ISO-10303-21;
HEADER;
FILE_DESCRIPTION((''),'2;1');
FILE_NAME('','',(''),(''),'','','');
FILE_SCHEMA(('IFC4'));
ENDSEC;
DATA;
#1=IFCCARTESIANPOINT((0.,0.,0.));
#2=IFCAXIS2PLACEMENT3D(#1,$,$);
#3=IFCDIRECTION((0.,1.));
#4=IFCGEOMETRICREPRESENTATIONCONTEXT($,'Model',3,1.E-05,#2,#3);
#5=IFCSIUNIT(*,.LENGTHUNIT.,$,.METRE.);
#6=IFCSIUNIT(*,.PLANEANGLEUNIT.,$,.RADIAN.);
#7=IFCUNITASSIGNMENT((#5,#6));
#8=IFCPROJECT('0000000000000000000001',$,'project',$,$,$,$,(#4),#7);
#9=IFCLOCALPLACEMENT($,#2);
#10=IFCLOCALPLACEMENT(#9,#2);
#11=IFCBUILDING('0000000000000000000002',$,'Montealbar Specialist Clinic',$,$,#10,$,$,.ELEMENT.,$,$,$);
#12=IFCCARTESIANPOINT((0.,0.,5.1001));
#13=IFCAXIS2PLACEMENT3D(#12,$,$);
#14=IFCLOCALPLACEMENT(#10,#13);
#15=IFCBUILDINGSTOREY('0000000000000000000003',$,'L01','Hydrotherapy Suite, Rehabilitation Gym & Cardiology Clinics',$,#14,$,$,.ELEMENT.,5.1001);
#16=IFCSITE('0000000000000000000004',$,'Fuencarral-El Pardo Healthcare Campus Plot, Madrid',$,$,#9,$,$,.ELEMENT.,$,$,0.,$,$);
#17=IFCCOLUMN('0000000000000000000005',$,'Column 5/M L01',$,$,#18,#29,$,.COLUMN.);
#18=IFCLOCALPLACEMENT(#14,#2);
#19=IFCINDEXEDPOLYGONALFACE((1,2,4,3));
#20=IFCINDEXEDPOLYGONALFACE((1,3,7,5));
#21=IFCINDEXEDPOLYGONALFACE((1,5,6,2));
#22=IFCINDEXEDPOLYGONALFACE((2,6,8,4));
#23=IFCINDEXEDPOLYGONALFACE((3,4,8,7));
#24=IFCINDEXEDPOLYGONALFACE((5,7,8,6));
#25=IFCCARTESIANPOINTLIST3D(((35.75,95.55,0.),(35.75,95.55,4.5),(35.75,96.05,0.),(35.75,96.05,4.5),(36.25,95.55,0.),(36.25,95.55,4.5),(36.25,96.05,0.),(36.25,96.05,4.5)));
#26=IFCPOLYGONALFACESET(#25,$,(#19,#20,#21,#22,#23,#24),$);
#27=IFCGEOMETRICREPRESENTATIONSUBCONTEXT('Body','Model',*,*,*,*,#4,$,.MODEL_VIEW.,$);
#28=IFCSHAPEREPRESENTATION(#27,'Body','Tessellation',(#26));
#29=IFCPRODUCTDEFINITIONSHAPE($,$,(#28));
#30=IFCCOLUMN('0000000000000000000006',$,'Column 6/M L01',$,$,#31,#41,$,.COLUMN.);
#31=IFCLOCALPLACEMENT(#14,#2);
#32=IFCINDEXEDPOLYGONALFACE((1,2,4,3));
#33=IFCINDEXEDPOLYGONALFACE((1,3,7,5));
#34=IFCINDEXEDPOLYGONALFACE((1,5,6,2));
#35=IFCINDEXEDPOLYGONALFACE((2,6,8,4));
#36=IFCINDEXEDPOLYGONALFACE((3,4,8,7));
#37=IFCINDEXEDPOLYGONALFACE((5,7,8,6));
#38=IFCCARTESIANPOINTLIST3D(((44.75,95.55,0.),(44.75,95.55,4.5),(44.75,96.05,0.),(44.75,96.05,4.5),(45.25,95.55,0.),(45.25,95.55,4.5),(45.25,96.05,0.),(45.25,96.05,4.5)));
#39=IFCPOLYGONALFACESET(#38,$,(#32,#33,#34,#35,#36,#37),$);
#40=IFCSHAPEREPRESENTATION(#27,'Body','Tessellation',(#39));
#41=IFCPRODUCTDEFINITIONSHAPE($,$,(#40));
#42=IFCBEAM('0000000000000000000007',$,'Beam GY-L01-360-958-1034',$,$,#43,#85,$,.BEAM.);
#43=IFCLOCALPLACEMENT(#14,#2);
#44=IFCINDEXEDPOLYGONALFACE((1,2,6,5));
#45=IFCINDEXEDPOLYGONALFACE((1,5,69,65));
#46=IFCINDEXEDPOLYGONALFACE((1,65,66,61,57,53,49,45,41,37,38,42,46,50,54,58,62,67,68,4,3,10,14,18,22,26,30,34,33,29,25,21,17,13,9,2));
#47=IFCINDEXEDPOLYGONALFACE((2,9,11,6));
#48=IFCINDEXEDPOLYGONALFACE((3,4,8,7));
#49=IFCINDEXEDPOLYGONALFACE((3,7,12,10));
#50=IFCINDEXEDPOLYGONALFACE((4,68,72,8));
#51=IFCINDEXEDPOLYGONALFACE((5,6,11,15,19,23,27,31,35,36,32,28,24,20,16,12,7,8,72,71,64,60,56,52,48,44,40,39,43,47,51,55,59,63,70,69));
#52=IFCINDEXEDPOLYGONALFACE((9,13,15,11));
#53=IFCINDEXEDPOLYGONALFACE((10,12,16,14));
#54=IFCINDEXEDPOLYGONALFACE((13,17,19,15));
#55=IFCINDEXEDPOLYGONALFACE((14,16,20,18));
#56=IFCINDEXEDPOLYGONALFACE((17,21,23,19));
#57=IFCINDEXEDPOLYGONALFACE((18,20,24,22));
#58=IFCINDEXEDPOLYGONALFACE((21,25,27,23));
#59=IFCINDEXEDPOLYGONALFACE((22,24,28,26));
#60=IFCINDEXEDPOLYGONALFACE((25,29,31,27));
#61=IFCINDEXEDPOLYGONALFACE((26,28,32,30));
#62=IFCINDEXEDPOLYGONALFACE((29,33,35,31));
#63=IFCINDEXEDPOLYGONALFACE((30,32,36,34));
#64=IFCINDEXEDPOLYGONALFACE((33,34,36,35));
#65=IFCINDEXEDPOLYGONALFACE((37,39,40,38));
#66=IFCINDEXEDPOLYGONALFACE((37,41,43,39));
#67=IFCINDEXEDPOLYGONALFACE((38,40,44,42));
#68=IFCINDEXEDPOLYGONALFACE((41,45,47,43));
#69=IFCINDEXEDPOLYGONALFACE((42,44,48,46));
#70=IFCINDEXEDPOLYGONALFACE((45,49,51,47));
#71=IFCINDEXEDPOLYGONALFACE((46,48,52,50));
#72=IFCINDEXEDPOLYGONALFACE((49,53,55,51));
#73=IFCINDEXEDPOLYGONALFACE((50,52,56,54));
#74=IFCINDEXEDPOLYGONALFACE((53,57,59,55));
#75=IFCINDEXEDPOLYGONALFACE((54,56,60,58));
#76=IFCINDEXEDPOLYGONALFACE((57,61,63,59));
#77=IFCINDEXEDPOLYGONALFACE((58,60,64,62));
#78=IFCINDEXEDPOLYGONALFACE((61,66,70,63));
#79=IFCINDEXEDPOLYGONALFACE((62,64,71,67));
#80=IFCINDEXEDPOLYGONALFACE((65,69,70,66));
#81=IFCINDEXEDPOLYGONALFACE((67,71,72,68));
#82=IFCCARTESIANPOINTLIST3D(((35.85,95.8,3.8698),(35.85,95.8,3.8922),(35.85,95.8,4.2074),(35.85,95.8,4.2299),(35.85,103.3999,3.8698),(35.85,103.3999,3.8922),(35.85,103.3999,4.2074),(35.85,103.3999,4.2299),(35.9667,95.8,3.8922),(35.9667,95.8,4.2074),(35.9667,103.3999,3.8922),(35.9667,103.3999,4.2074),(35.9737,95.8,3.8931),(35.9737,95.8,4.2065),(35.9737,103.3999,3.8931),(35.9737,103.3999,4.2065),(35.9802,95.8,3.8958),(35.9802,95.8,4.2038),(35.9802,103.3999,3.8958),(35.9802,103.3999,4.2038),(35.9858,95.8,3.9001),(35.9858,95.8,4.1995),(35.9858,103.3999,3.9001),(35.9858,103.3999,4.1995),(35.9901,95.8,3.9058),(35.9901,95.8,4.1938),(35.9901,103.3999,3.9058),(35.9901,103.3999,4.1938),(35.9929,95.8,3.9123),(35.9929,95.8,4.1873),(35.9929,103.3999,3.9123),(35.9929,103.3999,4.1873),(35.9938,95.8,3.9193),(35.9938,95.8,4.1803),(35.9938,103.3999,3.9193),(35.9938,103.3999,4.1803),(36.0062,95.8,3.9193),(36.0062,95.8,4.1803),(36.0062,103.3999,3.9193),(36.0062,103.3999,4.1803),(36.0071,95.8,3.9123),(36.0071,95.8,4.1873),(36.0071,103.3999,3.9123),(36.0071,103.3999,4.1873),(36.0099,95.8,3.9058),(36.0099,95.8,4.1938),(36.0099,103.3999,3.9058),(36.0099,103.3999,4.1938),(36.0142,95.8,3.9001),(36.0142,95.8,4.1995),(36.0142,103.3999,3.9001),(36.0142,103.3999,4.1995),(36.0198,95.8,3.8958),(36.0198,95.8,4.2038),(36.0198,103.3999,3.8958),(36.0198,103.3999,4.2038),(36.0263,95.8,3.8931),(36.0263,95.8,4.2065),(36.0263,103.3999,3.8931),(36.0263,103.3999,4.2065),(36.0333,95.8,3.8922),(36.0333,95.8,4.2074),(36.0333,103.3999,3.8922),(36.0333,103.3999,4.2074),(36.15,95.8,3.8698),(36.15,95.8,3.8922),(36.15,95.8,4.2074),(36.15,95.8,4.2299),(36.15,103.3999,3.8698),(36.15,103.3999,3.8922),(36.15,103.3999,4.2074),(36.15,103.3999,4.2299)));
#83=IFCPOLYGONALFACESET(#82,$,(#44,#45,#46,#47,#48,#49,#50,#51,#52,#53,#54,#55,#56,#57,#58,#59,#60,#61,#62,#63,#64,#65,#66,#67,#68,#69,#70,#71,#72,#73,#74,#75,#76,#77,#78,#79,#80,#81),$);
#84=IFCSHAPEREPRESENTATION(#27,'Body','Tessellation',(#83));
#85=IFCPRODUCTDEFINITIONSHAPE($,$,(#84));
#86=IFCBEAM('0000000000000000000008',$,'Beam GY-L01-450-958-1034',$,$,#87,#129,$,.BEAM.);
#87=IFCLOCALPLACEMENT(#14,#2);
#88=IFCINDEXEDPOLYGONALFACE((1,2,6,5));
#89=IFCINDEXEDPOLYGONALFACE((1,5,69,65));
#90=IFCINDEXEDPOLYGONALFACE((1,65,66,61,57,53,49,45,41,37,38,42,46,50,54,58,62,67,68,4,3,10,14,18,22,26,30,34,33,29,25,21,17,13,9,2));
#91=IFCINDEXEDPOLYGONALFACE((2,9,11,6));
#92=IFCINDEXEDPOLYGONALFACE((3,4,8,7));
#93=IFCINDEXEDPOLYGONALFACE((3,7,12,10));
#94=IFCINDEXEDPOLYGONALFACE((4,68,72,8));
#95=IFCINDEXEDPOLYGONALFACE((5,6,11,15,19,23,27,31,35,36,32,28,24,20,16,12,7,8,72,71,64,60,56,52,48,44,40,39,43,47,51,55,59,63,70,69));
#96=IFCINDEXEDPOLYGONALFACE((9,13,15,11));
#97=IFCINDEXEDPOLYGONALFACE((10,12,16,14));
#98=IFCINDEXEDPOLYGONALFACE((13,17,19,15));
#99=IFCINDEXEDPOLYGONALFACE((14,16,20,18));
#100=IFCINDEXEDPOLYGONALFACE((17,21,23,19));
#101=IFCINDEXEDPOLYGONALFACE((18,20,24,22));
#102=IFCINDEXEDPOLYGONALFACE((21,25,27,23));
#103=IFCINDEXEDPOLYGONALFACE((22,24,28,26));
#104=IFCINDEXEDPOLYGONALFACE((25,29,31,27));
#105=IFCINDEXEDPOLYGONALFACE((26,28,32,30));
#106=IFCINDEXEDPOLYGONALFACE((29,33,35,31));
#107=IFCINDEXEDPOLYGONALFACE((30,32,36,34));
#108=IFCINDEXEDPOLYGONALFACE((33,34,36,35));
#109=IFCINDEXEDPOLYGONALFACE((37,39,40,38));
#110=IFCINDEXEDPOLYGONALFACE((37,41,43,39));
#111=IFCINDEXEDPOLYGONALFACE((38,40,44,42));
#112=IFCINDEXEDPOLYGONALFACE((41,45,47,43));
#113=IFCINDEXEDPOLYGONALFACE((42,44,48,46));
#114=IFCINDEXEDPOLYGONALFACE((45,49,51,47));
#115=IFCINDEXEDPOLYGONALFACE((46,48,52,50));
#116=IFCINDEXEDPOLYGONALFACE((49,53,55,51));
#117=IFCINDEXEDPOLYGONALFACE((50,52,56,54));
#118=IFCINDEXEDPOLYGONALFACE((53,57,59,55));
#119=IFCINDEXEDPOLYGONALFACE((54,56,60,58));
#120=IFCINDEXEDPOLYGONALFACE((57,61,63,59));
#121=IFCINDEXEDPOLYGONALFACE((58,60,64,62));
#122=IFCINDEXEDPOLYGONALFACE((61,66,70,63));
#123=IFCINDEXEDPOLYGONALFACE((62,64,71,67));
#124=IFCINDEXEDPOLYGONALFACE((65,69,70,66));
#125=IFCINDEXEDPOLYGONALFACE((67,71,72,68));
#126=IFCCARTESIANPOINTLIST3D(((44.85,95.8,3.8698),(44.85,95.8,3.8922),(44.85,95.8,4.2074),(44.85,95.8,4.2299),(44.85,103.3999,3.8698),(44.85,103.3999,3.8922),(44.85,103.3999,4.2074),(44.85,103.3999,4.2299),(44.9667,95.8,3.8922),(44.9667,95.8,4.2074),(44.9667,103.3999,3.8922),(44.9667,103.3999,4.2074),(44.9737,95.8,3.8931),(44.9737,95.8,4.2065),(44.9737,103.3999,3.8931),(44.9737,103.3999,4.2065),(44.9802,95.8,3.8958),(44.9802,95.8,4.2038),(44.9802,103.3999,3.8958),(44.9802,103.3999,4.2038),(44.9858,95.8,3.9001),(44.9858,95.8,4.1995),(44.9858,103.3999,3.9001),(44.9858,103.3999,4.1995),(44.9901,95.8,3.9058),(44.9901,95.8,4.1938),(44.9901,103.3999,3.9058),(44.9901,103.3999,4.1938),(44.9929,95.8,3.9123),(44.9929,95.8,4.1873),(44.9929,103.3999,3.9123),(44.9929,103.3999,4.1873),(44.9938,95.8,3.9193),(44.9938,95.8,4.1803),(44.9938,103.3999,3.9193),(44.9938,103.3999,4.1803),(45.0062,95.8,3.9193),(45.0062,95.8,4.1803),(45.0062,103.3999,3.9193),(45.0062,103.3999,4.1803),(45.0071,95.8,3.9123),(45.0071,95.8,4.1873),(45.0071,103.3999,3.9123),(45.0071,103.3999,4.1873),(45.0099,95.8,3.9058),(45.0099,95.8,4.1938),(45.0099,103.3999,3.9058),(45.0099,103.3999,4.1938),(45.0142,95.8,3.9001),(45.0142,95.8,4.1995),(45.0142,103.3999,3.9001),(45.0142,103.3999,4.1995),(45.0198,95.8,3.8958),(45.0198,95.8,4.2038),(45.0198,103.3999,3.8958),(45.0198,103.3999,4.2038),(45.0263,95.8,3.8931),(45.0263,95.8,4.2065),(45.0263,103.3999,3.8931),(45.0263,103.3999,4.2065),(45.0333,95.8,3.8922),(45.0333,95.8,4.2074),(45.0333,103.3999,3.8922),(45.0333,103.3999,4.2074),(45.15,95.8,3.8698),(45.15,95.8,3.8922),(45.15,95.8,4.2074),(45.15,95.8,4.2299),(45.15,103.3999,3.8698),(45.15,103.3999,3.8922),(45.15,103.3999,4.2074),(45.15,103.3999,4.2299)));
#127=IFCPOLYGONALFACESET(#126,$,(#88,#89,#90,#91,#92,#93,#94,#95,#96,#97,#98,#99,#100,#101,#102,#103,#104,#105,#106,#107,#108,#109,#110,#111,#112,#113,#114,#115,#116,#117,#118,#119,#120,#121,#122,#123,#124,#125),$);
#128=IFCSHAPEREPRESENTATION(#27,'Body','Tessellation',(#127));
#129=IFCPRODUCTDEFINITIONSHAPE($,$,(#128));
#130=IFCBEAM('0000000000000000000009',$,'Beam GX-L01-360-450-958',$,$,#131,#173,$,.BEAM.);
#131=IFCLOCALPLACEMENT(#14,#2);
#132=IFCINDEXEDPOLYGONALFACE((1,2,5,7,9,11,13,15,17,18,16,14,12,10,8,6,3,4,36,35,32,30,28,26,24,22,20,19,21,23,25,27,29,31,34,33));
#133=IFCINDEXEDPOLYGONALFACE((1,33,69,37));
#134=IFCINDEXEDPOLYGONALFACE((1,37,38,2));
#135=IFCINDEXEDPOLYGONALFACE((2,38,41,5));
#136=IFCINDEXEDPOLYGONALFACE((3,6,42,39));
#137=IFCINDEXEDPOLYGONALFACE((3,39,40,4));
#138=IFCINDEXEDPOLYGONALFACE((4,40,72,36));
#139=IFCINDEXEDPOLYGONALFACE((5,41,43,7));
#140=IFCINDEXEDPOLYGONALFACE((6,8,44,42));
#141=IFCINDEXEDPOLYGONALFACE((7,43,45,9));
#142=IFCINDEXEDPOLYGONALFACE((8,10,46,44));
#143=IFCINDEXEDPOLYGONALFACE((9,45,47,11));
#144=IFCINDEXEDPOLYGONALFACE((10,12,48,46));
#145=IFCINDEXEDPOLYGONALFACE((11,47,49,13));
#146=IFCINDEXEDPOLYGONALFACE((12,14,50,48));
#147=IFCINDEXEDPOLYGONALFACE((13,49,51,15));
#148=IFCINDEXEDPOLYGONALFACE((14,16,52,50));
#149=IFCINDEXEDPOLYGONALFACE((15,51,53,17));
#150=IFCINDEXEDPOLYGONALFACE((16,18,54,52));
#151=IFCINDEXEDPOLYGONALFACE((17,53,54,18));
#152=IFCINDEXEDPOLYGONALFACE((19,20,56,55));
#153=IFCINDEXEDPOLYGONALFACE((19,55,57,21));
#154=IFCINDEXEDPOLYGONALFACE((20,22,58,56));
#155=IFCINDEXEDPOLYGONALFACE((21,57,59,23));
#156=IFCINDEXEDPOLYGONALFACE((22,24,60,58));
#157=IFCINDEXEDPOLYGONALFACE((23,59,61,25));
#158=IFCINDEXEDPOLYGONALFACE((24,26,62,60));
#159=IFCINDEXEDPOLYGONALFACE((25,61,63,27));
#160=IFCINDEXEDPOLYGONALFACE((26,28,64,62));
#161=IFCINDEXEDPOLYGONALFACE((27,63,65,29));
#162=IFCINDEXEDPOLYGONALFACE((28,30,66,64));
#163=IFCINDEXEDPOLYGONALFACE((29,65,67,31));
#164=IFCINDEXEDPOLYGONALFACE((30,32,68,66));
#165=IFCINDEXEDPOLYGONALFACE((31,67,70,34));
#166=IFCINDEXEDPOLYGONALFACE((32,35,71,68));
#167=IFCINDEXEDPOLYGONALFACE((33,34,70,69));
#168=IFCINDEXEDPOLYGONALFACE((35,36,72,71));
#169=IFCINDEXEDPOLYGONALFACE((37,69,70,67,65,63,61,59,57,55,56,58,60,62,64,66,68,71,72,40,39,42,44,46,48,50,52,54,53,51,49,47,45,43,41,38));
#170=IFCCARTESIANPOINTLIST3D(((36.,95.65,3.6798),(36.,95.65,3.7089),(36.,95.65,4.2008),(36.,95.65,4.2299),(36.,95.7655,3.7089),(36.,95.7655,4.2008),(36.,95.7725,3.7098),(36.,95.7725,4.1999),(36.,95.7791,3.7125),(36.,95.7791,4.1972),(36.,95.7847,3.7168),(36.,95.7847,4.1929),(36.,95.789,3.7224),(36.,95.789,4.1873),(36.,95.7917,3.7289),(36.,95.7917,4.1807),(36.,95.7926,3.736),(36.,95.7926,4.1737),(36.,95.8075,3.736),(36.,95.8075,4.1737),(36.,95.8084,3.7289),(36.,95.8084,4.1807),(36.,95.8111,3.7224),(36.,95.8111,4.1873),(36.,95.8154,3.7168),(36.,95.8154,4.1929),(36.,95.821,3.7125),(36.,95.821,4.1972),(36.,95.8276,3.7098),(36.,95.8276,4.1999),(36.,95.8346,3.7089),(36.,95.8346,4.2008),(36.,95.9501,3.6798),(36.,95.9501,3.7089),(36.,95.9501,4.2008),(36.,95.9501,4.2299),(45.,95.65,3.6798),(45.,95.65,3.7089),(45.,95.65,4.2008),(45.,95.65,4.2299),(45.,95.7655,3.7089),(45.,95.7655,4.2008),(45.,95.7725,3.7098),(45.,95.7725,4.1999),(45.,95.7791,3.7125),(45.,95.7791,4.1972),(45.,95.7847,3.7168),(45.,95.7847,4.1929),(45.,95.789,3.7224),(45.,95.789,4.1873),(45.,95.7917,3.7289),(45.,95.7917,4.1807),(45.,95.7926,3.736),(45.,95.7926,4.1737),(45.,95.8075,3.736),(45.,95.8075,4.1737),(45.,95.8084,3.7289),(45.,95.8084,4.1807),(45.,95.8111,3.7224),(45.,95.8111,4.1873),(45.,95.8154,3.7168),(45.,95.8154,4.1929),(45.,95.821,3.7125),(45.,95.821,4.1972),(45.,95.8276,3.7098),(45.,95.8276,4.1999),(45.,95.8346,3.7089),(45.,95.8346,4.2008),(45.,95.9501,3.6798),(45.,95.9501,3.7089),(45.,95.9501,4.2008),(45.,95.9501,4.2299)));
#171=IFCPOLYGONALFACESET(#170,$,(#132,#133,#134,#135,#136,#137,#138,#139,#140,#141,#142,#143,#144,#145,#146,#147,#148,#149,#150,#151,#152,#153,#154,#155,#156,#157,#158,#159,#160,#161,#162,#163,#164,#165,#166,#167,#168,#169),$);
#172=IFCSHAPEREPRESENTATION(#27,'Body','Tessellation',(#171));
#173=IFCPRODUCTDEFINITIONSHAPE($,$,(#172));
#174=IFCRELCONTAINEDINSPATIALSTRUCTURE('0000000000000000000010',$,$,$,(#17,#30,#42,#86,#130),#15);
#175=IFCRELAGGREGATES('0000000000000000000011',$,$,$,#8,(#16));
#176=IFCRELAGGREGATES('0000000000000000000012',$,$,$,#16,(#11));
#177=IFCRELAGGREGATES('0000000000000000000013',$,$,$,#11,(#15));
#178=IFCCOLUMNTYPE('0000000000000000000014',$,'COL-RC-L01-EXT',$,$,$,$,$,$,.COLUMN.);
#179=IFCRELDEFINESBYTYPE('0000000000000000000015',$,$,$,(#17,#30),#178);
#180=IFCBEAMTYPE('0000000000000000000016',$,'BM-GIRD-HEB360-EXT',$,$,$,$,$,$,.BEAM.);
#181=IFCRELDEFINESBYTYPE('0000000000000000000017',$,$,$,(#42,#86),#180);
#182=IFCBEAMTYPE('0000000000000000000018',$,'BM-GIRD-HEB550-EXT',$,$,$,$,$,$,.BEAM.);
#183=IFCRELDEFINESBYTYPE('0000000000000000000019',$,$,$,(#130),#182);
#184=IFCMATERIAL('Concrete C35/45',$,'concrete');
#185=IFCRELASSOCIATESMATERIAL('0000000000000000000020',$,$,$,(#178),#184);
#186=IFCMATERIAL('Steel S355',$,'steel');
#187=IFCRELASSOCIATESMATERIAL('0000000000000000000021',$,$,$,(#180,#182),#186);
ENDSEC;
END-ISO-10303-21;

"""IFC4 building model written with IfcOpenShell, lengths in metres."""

from ifc_helpers import new_model, si_unit, direction, frame, origin, origin_2d, place, context, subcontext, project, spatial, rectangle, i_section, extrude, material, material_profile, profile_set, type_object, element, save


model = new_model("IFC4")

# Units and contexts
model_context = context("Model", 3, precision=1e-05, world=origin(), true_north=direction((0.0, 1.0)))
body_context = subcontext(model_context, "Body", "Model", "MODEL_VIEW")
ifc_project = project(units=[si_unit("LENGTHUNIT", "METRE"), si_unit("PLANEANGLEUNIT", "RADIAN")], contexts=[model_context])

# Site, building, storey
site_placement = place(None, origin())
site = spatial("IfcSite", under=ifc_project, at=site_placement, Name="Fuencarral-El Pardo Healthcare Campus Plot, Madrid", CompositionType="ELEMENT", RefElevation=0.0)
building_placement = place(site_placement, origin())
building = spatial("IfcBuilding", under=site, at=building_placement, Name="Montealbar Specialist Clinic", CompositionType="ELEMENT")
storey_placement = place(building_placement, frame((0.0, 0.0, 5.1001)))
storey = spatial("IfcBuildingStorey", under=building, at=storey_placement, Name="L01", Description="Hydrotherapy Suite, Rehabilitation Gym & Cardiology Clinics", CompositionType="ELEMENT", Elevation=5.1001)

# Columns
ifc_material_1 = material(Name="Concrete C35/45", Category="concrete")
ifc_material_profile_1 = material_profile(ifc_material_1, rectangle(XDim=0.5, YDim=0.5, at=origin_2d()), Name="RC 500x500", Category="concrete")
ifc_profile_set_1 = profile_set([ifc_material_profile_1], Name="Concrete C35/45")
column_type = type_object("IfcColumnType", Name="COL-RC-L01-EXT", PredefinedType="COLUMN", material=ifc_profile_set_1)
for number, where, z_axis, x_axis, name in (
    (1, (36.0, 95.8, 0.0), (0.0, 0.0, 1.0), (1.0, 0.0, 0.0), "Column 5/M L01"),
    (2, (45.0, 95.8, 0.0), (0.0, 0.0, 1.0), (1.0, 0.0, 0.0), "Column 6/M L01"),
):
    element("IfcColumn", number, at=place(storey_placement, frame(where, z_axis=z_axis, x_axis=x_axis)), inside=storey, type_object=column_type, Name=name, PredefinedType="COLUMN", context=body_context, shape_type="SweptSolid", body=[
        extrude(rectangle(XDim=0.5, YDim=0.5, at=origin_2d()), origin(), (0.0, 0.0, 1.0), 4.5),
    ])

# Beams
ifc_material_2 = material(Name="Steel S355", Category="steel")
ifc_material_profile_2 = material_profile(ifc_material_2, i_section(OverallWidth=0.3, OverallDepth=0.3601, WebThickness=0.0125, FlangeThickness=0.0225, FilletRadius=0.0271, at=origin_2d()), Name="HEB 360", Category="steel")
ifc_profile_set_2 = profile_set([ifc_material_profile_2], Name="Steel S355")
beam_type_1 = type_object("IfcBeamType", Name="BM-GIRD-HEB360-EXT", PredefinedType="BEAM", material=ifc_profile_set_2)
for number, where, z_axis, x_axis, name in (
    (3, (36.0, 95.8, 4.0498), (0.0, 1.0, 0.0), (-1.0, 0.0, 0.0), "Beam GY-L01-360-958-1034"),
    (4, (45.0, 95.8, 4.0498), (0.0, 1.0, 0.0), (-1.0, 0.0, 0.0), "Beam GY-L01-450-958-1034"),
):
    element("IfcBeam", number, at=place(storey_placement, frame(where, z_axis=z_axis, x_axis=x_axis)), inside=storey, type_object=beam_type_1, Name=name, PredefinedType="BEAM", context=body_context, shape_type="SweptSolid", body=[
        extrude(i_section(OverallWidth=0.3, OverallDepth=0.3601, WebThickness=0.0125, FlangeThickness=0.0225, FilletRadius=0.0271, at=origin_2d()), origin(), (0.0, 0.0, 1.0), 7.5999),
    ])
ifc_material_profile_3 = material_profile(ifc_material_2, i_section(OverallWidth=0.3, OverallDepth=0.55, WebThickness=0.0149, FlangeThickness=0.0291, FilletRadius=0.0271, at=origin_2d()), Name="HEB 550", Category="steel")
ifc_profile_set_3 = profile_set([ifc_material_profile_3], Name="Steel S355")
beam_type_2 = type_object("IfcBeamType", Name="BM-GIRD-HEB550-EXT", PredefinedType="BEAM", material=ifc_profile_set_3)
for number, where, z_axis, x_axis, name in (
    (5, (36.0, 95.8, 3.9548), (1.0, 0.0, 0.0), (0.0, 1.0, 0.0), "Beam GX-L01-360-450-958"),
):
    element("IfcBeam", number, at=place(storey_placement, frame(where, z_axis=z_axis, x_axis=x_axis)), inside=storey, type_object=beam_type_2, Name=name, PredefinedType="BEAM", context=body_context, shape_type="SweptSolid", body=[
        extrude(i_section(OverallWidth=0.3, OverallDepth=0.55, WebThickness=0.0149, FlangeThickness=0.0291, FilletRadius=0.0271, at=origin_2d()), origin(), (0.0, 0.0, 1.0), 9.0),
    ])

save(model, "model.ifc")
